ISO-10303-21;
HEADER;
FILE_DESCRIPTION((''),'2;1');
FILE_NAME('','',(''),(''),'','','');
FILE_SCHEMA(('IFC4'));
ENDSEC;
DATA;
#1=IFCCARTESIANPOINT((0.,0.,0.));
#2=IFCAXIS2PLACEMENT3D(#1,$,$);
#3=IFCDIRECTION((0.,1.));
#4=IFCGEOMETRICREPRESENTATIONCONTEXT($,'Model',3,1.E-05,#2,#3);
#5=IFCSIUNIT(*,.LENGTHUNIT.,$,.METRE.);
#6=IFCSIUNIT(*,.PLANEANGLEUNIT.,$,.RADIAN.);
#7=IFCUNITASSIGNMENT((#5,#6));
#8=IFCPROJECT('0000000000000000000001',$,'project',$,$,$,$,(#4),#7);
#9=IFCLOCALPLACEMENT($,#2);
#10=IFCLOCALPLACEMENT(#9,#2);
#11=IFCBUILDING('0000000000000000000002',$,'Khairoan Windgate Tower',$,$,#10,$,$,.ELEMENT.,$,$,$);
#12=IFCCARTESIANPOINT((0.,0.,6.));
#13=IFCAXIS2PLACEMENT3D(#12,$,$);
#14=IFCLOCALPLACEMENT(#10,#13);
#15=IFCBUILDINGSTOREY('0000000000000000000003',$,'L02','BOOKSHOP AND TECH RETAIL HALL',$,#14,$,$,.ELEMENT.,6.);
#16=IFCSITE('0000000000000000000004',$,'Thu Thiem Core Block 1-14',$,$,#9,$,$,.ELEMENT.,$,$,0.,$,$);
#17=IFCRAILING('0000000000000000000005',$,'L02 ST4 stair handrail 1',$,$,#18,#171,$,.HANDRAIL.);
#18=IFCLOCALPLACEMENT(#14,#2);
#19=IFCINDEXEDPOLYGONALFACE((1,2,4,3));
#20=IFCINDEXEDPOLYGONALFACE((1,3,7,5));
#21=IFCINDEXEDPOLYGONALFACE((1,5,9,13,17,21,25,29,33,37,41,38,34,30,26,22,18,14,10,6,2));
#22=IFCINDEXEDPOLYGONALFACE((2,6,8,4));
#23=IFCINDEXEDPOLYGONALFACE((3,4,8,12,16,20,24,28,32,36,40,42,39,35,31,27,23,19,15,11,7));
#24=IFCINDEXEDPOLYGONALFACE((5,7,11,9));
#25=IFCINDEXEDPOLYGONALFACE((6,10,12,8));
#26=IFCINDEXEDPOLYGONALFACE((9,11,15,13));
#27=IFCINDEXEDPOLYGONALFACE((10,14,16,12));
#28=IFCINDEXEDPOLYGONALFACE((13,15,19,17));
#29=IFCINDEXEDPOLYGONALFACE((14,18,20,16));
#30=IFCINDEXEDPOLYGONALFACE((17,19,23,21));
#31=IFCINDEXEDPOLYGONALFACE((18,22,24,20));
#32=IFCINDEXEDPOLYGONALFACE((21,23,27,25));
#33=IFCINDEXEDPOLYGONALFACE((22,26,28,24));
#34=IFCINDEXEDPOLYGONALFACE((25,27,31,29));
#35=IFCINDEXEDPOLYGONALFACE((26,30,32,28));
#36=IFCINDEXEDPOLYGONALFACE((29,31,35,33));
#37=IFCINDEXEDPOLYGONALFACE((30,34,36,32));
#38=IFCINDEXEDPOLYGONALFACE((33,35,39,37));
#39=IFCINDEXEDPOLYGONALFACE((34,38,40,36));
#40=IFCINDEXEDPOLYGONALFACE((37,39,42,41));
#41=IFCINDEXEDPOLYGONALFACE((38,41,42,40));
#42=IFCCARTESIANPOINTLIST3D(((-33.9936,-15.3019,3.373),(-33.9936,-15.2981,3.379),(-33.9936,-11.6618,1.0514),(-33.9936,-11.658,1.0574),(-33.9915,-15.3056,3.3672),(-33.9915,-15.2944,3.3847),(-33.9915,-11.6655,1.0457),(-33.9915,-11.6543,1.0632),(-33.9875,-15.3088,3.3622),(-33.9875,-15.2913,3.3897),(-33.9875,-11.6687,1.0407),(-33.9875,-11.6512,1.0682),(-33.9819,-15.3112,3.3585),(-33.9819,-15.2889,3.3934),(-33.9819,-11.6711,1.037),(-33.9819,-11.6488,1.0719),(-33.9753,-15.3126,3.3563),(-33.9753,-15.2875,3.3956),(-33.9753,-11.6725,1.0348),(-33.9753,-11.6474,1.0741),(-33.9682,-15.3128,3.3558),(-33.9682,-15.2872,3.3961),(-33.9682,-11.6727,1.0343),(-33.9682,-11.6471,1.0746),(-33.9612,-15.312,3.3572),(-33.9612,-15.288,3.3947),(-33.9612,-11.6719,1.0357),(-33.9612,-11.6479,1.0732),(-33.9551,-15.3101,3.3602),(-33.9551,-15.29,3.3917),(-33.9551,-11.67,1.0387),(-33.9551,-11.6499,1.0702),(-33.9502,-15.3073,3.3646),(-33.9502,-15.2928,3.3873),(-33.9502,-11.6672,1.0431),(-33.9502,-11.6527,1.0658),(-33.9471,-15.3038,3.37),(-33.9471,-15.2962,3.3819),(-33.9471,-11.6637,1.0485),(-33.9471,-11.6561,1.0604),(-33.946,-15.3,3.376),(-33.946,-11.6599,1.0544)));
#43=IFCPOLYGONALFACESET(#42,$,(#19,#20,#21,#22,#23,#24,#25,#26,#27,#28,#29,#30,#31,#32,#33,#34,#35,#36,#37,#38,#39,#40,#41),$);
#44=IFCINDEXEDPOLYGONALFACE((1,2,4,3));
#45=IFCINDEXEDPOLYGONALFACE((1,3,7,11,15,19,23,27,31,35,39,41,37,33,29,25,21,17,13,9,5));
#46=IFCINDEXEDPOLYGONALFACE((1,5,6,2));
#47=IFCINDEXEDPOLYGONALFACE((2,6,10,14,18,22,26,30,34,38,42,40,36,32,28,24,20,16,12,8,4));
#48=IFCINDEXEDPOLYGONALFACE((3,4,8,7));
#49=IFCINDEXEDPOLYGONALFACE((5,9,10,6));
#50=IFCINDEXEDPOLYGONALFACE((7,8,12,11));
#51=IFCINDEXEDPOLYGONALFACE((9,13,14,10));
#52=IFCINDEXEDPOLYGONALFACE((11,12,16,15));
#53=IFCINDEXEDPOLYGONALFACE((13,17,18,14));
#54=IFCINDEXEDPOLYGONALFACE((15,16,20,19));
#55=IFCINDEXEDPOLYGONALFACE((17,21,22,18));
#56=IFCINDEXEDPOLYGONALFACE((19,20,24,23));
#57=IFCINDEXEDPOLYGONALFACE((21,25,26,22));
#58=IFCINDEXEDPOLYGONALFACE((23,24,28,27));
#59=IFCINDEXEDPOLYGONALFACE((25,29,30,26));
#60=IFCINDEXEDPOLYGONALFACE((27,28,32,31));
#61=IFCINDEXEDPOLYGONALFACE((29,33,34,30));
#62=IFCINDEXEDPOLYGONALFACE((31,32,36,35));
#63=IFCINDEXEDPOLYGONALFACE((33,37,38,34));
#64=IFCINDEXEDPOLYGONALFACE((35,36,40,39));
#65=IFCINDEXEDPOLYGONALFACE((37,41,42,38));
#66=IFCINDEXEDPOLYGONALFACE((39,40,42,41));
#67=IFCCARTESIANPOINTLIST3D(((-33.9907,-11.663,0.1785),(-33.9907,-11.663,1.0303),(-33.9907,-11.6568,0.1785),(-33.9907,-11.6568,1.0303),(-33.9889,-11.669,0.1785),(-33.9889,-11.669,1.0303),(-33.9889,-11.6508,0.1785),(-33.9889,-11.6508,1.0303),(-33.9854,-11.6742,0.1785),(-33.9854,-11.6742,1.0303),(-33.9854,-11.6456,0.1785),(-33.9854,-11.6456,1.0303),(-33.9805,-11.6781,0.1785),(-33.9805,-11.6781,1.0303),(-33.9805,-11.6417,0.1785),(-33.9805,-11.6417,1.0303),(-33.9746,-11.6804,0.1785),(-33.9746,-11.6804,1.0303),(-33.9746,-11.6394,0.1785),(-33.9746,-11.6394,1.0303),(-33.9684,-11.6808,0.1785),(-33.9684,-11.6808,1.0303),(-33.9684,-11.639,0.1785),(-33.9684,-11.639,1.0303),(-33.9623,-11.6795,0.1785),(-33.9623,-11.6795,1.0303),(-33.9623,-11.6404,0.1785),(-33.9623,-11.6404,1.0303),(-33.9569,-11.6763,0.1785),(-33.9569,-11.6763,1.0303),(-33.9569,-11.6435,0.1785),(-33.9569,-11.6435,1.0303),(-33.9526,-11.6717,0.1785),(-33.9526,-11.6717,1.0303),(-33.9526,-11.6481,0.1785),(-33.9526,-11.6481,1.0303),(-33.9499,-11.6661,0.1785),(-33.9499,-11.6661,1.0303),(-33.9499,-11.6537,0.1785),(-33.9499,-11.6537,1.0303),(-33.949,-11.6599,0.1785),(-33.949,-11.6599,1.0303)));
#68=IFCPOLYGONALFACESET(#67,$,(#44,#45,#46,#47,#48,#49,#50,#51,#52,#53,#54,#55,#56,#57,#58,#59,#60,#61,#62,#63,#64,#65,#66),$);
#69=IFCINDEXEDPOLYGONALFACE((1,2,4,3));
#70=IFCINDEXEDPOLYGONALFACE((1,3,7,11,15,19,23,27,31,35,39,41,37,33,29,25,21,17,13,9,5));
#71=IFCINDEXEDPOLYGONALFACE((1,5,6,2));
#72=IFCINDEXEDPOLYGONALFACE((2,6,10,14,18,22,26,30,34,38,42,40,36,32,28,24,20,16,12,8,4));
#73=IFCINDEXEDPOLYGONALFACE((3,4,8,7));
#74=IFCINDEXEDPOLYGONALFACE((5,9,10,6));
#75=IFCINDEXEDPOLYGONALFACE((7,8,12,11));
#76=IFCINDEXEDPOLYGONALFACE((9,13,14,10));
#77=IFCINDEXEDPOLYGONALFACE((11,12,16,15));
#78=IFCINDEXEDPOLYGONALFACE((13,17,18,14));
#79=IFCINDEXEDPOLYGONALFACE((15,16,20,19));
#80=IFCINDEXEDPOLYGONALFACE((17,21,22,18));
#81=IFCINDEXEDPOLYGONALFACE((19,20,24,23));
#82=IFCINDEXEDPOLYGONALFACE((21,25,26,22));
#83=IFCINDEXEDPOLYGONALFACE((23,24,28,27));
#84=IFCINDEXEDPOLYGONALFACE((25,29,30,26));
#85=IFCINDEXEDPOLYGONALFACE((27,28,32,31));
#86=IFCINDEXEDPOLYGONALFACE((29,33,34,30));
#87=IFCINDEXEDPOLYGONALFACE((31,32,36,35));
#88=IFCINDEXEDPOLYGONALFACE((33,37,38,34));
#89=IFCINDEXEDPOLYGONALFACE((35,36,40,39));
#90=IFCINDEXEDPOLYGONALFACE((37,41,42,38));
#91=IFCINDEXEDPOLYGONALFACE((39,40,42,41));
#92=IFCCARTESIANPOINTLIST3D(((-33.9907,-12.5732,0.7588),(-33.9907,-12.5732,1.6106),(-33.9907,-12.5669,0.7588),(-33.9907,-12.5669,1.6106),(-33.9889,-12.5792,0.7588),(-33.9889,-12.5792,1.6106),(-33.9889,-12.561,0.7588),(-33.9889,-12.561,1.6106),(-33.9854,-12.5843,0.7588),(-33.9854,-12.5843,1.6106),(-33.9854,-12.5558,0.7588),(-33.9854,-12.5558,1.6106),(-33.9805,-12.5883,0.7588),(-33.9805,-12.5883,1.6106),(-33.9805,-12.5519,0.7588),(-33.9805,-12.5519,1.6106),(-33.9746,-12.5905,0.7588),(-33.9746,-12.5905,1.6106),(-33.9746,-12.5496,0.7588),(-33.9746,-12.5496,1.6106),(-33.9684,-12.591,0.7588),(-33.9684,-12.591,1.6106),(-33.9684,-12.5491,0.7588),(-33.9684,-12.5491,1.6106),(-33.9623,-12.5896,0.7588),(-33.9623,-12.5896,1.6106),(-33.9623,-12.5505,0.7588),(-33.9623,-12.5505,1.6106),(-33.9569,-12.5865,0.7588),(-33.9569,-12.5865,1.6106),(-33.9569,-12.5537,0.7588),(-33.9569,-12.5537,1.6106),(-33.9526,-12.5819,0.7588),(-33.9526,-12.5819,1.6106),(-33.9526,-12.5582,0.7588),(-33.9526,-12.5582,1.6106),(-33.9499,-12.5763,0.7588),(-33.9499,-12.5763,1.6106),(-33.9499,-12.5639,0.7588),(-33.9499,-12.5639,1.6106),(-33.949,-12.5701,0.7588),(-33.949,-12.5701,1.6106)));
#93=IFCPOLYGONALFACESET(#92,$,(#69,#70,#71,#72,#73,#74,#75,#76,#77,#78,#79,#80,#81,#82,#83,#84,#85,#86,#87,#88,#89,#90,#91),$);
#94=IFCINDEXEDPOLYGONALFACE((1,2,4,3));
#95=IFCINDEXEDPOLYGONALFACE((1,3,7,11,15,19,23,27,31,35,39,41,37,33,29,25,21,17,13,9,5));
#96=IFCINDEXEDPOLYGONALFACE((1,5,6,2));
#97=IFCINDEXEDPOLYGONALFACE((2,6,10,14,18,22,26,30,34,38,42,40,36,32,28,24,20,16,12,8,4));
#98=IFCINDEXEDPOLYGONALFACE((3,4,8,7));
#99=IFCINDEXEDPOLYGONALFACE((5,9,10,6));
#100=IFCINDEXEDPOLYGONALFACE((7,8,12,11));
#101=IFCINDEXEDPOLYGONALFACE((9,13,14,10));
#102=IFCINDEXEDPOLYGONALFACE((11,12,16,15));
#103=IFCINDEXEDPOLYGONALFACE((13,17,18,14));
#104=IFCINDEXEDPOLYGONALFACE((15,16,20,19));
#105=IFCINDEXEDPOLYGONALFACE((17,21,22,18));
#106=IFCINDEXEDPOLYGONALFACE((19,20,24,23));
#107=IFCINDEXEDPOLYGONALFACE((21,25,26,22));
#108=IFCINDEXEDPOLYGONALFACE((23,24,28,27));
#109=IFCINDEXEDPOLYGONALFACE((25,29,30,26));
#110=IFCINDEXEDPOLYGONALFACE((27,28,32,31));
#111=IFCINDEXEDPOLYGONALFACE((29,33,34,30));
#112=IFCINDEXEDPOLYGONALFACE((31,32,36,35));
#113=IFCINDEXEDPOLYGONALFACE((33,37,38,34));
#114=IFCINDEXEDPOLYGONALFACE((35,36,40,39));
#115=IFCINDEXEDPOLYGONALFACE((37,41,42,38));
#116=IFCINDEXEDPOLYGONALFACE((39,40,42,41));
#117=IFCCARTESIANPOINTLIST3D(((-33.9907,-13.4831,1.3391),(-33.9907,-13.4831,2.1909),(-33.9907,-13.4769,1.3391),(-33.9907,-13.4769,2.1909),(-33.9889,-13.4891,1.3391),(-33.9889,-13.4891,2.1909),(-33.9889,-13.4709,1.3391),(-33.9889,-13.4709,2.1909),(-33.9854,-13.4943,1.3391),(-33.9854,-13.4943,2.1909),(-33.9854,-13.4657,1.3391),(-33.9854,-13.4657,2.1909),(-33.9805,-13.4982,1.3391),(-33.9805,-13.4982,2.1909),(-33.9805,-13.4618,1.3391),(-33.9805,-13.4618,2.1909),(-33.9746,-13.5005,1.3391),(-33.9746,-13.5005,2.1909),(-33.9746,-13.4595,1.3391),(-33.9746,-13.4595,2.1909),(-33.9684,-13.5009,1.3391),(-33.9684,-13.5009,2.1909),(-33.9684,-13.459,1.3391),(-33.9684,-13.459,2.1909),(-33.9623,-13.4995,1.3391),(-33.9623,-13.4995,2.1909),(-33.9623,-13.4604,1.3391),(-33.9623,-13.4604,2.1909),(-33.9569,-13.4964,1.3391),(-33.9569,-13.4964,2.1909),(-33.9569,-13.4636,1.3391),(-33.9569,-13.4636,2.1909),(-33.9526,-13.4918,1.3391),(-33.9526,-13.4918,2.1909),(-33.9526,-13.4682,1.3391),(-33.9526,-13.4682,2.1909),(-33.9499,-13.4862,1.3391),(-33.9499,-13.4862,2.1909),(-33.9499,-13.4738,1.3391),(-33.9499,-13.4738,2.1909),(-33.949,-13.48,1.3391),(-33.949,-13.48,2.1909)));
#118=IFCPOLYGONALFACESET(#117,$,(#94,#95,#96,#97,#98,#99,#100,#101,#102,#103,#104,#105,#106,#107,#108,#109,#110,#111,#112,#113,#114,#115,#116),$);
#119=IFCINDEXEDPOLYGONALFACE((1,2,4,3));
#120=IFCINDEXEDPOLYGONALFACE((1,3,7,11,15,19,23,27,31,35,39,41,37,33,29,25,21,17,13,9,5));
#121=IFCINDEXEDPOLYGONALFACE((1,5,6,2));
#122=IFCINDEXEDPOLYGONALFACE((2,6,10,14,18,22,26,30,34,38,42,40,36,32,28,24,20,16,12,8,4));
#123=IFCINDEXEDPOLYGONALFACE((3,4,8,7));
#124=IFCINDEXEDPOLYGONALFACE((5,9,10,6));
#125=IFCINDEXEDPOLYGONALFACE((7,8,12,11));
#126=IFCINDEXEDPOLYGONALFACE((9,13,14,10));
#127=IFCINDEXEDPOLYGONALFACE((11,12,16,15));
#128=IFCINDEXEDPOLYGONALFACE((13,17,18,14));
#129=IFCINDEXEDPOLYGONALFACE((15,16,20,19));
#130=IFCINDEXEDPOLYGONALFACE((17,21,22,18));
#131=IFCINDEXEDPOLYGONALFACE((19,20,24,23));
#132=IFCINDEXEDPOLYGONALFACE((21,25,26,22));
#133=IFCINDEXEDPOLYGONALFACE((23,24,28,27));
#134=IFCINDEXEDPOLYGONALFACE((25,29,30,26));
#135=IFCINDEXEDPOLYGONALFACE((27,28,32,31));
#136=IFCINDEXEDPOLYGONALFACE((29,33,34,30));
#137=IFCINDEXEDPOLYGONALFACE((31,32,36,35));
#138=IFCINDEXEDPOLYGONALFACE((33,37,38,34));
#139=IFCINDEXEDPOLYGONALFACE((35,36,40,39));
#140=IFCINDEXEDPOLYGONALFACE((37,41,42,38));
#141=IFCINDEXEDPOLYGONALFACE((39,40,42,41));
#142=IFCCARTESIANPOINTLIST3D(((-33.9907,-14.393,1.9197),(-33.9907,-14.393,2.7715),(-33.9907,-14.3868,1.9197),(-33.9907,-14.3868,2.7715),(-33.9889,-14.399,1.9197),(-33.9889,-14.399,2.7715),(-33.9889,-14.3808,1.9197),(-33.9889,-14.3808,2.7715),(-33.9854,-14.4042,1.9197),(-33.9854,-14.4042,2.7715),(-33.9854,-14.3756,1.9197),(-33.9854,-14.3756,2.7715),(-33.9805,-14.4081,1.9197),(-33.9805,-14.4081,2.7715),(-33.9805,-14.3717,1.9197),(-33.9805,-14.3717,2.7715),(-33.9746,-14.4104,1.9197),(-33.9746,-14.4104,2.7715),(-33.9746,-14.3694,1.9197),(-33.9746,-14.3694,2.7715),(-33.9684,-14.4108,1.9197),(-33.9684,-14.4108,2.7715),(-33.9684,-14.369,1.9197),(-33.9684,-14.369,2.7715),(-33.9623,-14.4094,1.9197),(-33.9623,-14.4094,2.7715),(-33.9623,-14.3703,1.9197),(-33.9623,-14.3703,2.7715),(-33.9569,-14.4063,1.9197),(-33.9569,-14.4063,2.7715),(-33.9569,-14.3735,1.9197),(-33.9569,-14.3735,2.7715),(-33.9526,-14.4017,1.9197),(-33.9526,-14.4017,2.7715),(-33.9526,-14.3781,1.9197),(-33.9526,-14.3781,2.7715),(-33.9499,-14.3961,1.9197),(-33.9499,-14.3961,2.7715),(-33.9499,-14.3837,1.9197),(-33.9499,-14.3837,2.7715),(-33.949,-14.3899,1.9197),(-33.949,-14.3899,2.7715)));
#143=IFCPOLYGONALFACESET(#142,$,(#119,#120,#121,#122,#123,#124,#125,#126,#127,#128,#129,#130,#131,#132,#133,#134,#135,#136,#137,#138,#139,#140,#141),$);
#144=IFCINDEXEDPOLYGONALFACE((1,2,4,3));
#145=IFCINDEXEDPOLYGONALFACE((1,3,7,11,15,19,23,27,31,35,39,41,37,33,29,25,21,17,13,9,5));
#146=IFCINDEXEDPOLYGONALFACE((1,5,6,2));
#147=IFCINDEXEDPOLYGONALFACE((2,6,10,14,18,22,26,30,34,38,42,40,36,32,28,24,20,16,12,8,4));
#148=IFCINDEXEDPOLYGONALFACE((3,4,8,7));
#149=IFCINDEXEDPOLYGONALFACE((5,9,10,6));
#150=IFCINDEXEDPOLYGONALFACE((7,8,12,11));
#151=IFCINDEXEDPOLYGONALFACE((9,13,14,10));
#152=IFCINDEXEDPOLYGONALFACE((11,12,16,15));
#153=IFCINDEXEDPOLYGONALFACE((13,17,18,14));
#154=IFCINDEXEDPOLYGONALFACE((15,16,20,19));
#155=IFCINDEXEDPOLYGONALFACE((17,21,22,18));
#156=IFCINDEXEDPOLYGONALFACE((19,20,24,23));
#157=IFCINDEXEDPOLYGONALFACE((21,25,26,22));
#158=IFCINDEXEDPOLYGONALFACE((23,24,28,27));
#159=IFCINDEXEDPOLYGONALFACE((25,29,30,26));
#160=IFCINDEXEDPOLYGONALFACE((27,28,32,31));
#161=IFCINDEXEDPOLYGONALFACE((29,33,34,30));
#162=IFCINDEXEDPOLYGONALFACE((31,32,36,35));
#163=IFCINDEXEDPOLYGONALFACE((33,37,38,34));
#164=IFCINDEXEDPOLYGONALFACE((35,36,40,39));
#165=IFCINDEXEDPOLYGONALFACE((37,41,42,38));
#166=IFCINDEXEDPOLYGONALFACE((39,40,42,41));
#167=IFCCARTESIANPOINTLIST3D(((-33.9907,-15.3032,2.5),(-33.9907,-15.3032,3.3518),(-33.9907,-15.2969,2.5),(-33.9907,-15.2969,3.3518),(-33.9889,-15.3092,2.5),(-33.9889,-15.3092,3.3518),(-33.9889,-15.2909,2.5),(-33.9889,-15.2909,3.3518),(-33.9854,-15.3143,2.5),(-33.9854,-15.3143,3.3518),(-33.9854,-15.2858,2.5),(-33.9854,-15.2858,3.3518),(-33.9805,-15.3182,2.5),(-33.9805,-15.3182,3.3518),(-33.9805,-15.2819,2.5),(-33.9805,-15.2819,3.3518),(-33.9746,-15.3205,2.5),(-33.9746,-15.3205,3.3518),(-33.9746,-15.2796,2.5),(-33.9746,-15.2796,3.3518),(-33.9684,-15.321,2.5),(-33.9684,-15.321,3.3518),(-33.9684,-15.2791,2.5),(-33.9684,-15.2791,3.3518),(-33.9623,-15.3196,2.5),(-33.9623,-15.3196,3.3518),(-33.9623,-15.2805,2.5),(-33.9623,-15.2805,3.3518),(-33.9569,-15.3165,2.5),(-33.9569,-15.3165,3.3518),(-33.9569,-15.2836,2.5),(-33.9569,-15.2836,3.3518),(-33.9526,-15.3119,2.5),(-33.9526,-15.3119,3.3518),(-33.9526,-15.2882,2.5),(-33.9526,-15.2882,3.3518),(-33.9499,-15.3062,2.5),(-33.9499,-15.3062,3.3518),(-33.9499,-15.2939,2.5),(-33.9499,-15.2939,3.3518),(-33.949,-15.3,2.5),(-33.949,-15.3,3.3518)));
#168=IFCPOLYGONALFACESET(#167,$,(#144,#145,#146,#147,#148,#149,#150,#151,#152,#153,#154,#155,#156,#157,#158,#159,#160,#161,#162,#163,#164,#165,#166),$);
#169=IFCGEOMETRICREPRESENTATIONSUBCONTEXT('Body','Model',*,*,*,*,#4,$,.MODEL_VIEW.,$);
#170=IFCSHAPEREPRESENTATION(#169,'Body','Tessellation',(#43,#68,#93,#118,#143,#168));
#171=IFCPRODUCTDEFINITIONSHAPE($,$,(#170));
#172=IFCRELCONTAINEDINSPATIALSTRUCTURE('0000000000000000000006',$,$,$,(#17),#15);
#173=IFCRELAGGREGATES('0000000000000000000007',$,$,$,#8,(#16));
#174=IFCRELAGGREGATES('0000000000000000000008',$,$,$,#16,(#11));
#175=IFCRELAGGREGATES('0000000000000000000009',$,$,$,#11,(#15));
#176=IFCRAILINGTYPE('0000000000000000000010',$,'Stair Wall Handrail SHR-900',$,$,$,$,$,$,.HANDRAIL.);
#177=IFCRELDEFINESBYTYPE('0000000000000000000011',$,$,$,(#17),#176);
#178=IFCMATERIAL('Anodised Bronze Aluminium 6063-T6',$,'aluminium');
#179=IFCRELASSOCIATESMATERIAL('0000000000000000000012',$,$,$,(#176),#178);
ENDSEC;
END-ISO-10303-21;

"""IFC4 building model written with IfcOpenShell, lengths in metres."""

from ifc_helpers import new_model, si_unit, direction, frame, origin, origin_2d, place, context, subcontext, project, spatial, circle, extrude, material, type_object, element, save


model = new_model("IFC4")

# Units and contexts
model_context = context("Model", 3, precision=1e-05, world=origin(), true_north=direction((0.0, 1.0)))
body_context = subcontext(model_context, "Body", "Model", "MODEL_VIEW")
ifc_project = project(units=[si_unit("LENGTHUNIT", "METRE"), si_unit("PLANEANGLEUNIT", "RADIAN")], contexts=[model_context])

# Site, building, storey
site_placement = place(None, origin())
site = spatial("IfcSite", under=ifc_project, at=site_placement, Name="Thu Thiem Core Block 1-14", CompositionType="ELEMENT", RefElevation=0.0)
building_placement = place(site_placement, origin())
building = spatial("IfcBuilding", under=site, at=building_placement, Name="Khairoan Windgate Tower", CompositionType="ELEMENT")
storey_placement = place(building_placement, frame((0.0, 0.0, 6.0)))
storey = spatial("IfcBuildingStorey", under=building, at=storey_placement, Name="L02", Description="BOOKSHOP AND TECH RETAIL HALL", CompositionType="ELEMENT", Elevation=6.0)

# Railing
ifc_material_1 = material(Name="Anodised Bronze Aluminium 6063-T6", Category="aluminium")
railing_type_1 = type_object("IfcRailingType", Name="Stair Wall Handrail SHR-900", PredefinedType="HANDRAIL", material=ifc_material_1)
railing_1_placement = place(storey_placement, frame((-33.97, -11.6599, 0.1785)))
element("IfcRailing", 1, at=railing_1_placement, inside=storey, type_object=railing_type_1, Name="L02 ST4 stair handrail 1", PredefinedType="HANDRAIL", context=body_context, shape_type="SweptSolid", body=[
    extrude(circle(Radius=0.0239, at=origin_2d()), frame((0.0, 0.0, 0.876), z_axis=(0.0, -0.843128, 0.537713), x_axis=(1.0, 0.0, 0.0)), (0.0, 0.0, 1.0), 4.3174),
    extrude(circle(Radius=0.021, at=origin_2d()), origin(), (0.0, 0.0, 1.0), 0.8518),
    extrude(circle(Radius=0.021, at=origin_2d()), frame((0.0, -0.9102, 0.5803)), (0.0, 0.0, 1.0), 0.8518),
    extrude(circle(Radius=0.021, at=origin_2d()), frame((0.0, -1.8201, 1.1606)), (0.0, 0.0, 1.0), 0.8518),
    extrude(circle(Radius=0.021, at=origin_2d()), frame((0.0, -2.73, 1.7412)), (0.0, 0.0, 1.0), 0.8518),
    extrude(circle(Radius=0.021, at=origin_2d()), frame((0.0, -3.6401, 2.3215)), (0.0, 0.0, 1.0), 0.8518),
])

save(model, "model.ifc")
